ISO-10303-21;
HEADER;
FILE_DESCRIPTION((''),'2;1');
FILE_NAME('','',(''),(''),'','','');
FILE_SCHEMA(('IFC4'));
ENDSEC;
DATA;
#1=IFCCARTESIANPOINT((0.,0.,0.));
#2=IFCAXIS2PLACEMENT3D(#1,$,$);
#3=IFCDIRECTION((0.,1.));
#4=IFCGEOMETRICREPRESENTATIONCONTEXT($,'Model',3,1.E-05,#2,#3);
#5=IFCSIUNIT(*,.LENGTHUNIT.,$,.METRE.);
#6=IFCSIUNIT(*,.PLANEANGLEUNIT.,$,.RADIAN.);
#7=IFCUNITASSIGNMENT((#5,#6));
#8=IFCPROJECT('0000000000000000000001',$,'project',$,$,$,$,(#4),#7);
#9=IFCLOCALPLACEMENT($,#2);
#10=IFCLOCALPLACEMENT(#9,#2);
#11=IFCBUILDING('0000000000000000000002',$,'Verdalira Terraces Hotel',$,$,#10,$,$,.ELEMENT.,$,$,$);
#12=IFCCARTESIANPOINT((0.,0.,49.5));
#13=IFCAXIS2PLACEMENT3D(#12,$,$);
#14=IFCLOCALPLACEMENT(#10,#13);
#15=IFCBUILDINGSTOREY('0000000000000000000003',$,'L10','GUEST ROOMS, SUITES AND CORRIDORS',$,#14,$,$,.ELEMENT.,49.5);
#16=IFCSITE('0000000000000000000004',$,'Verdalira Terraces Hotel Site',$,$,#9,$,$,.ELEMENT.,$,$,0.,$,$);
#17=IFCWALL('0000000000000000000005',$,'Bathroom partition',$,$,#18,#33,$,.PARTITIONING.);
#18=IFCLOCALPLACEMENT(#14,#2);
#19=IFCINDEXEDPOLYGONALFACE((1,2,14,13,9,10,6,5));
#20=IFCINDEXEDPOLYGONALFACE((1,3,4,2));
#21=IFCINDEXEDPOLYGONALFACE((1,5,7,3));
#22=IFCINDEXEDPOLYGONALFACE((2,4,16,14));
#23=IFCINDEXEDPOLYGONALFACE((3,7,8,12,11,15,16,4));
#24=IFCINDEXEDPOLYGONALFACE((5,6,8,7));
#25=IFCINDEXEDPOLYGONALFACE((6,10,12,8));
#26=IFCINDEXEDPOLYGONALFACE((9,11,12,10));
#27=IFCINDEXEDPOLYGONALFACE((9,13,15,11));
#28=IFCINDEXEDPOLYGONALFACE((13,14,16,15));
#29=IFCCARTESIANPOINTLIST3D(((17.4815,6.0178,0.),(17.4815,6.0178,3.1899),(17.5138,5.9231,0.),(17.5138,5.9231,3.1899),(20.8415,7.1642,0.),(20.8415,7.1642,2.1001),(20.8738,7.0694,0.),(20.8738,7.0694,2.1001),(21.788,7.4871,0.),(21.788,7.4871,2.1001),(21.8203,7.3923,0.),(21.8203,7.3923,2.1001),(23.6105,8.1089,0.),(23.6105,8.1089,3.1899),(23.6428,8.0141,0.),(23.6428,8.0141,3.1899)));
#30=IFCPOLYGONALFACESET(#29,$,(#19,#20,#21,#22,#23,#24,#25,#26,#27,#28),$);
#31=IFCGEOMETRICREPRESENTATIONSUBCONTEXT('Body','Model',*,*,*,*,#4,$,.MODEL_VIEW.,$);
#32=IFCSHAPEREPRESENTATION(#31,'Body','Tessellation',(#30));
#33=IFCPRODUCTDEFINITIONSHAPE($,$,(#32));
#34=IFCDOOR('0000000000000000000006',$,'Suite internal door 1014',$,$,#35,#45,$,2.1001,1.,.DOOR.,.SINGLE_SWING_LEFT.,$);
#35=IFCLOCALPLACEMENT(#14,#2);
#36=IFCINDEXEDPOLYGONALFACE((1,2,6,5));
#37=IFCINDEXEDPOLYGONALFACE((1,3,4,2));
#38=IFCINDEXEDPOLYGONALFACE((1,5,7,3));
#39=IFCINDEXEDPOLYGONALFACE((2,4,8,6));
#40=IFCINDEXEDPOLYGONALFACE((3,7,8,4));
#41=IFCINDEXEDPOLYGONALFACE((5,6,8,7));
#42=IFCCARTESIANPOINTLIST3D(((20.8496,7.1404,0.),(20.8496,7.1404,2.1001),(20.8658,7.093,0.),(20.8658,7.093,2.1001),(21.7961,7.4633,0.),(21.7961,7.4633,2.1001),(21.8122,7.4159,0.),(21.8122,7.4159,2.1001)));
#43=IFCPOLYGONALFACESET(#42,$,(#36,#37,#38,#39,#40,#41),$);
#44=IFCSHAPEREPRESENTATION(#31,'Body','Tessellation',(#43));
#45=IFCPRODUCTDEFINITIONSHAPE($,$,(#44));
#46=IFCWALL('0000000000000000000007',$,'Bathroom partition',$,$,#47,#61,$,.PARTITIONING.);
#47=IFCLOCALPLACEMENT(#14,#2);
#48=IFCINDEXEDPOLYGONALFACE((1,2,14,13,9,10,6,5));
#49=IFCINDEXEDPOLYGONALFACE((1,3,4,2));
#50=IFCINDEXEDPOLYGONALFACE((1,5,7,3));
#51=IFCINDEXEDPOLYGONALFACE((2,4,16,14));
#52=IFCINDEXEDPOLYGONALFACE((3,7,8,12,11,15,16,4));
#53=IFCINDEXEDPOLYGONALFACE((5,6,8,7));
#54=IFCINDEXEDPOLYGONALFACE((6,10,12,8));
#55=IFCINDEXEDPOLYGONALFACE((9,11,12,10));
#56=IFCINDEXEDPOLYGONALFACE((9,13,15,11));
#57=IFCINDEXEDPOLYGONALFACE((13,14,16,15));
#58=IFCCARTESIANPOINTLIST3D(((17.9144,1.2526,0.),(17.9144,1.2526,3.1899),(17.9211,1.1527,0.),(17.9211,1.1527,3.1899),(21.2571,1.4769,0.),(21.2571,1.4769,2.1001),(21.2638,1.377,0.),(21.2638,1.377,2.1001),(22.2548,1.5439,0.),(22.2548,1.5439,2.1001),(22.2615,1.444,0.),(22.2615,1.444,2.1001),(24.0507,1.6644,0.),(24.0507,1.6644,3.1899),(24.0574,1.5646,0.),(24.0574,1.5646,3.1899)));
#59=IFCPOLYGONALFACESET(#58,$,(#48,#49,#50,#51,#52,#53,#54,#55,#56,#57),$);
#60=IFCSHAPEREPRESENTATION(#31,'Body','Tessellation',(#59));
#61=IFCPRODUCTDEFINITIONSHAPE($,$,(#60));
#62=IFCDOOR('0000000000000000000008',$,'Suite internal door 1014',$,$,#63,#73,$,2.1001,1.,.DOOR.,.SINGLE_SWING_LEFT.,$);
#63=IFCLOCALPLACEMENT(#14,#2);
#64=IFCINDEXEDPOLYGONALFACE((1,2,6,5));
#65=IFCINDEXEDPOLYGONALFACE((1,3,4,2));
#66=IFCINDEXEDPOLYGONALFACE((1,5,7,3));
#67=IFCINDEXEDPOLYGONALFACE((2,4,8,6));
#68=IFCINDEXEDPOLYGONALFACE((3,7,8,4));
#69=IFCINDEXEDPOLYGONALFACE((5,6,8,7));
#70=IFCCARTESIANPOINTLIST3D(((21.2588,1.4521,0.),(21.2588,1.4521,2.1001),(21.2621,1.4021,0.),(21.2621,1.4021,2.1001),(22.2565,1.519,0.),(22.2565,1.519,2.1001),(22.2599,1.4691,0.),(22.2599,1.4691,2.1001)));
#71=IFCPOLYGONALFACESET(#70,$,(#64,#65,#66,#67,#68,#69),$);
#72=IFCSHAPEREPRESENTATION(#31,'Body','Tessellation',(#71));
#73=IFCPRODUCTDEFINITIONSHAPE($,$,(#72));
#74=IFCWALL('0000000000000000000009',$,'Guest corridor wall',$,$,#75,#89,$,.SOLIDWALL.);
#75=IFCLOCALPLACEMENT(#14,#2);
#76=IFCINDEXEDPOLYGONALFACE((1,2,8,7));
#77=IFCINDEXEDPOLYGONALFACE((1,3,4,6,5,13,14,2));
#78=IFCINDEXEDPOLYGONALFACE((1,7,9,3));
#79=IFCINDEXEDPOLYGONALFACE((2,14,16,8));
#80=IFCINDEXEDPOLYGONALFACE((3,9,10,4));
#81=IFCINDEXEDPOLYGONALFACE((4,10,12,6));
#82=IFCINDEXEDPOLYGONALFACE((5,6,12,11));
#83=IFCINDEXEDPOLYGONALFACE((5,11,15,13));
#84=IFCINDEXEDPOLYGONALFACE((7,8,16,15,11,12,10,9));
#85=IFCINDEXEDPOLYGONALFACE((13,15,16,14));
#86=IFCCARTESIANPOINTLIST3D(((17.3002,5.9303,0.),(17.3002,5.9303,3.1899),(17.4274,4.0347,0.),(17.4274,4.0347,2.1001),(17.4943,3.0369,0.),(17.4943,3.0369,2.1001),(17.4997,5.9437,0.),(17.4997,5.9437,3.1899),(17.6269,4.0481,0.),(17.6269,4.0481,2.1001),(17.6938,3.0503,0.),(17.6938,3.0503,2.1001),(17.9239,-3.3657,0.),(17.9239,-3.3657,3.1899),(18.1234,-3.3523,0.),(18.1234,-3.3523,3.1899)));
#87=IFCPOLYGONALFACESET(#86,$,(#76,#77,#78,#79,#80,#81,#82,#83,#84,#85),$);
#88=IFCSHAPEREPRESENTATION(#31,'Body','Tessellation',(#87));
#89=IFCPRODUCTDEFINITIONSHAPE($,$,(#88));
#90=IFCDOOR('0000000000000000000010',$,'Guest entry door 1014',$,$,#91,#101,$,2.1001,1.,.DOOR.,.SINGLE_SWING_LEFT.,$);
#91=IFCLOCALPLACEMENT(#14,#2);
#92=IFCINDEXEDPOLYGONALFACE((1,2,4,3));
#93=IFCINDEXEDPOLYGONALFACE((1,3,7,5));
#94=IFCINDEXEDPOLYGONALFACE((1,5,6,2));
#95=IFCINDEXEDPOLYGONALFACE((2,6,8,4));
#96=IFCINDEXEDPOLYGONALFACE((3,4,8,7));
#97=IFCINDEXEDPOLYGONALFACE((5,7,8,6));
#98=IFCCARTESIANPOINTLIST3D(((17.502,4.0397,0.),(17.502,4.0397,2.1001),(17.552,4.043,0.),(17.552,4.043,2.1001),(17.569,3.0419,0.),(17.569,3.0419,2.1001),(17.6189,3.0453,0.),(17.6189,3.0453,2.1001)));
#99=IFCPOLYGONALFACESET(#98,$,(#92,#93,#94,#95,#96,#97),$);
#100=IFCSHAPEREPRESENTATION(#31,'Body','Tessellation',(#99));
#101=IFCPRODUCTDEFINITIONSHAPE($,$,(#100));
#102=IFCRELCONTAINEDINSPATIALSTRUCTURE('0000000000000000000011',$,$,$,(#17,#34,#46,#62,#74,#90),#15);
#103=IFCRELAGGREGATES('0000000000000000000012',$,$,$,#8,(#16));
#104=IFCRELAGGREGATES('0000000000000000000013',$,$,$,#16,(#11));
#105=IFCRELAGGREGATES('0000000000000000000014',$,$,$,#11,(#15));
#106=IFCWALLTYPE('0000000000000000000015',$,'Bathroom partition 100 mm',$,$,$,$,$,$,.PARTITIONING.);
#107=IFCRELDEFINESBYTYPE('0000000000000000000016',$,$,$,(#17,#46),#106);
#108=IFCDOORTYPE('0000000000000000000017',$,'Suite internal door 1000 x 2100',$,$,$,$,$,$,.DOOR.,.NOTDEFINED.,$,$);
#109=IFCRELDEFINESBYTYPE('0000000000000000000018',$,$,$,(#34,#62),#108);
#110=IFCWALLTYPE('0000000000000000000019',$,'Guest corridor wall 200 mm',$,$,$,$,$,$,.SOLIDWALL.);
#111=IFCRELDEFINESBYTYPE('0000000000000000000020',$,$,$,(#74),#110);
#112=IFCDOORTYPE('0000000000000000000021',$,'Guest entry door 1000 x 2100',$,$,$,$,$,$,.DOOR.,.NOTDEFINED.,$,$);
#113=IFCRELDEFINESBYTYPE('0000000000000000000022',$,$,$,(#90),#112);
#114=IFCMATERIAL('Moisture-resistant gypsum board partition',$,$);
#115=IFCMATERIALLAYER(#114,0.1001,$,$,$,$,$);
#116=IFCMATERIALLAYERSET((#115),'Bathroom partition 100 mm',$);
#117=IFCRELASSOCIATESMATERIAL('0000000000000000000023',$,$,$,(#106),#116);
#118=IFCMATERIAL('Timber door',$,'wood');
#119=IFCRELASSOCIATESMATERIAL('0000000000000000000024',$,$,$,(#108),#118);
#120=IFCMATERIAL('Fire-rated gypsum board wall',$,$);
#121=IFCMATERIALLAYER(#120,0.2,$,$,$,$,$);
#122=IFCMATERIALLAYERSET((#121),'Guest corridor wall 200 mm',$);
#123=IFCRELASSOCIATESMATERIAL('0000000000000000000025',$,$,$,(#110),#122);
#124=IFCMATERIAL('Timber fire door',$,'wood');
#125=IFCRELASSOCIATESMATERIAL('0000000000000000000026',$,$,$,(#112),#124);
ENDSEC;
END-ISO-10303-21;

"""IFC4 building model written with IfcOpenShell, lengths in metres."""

from ifc_helpers import new_model, si_unit, direction, frame, frame_2d, origin, place, context, subcontext, project, spatial, rectangle, extrude, material, layer, layer_set, type_object, element, fill, save


model = new_model("IFC4")

# Units and contexts
model_context = context("Model", 3, precision=1e-05, world=origin(), true_north=direction((0.0, 1.0)))
body_context = subcontext(model_context, "Body", "Model", "MODEL_VIEW")
ifc_project = project(units=[si_unit("LENGTHUNIT", "METRE"), si_unit("PLANEANGLEUNIT", "RADIAN")], contexts=[model_context])

# Site, building, storey
site_placement = place(None, origin())
site = spatial("IfcSite", under=ifc_project, at=site_placement, Name="Verdalira Terraces Hotel Site", CompositionType="ELEMENT", RefElevation=0.0)
building_placement = place(site_placement, origin())
building = spatial("IfcBuilding", under=site, at=building_placement, Name="Verdalira Terraces Hotel", CompositionType="ELEMENT")
storey_placement = place(building_placement, frame((0.0, 0.0, 49.5)))
storey = spatial("IfcBuildingStorey", under=building, at=storey_placement, Name="L10", Description="GUEST ROOMS, SUITES AND CORRIDORS", CompositionType="ELEMENT", Elevation=49.5)

# Walls, openings, doors
ifc_material_1 = material(Name="Moisture-resistant gypsum board partition")
ifc_layer_1 = layer(ifc_material_1, 0.1001)
ifc_layer_set_1 = layer_set([ifc_layer_1], Name="Bathroom partition 100 mm")
wall_type_1 = type_object("IfcWallType", Name="Bathroom partition 100 mm", PredefinedType="PARTITIONING", material=ifc_layer_set_1)
wall_1_placement = place(storey_placement, frame((17.4978, 5.9705, 0.0), z_axis=(0.0, 0.0, 1.0), x_axis=(0.946432, 0.322904, 0.0)))
wall_1 = element("IfcWall", 1, at=wall_1_placement, inside=storey, type_object=wall_type_1, Name="Bathroom partition", PredefinedType="PARTITIONING", context=body_context, shape_type="SweptSolid", body=[
    extrude(rectangle(XDim=6.4758, YDim=0.1001, at=frame_2d((3.2378, 0.0))), origin(), (0.0, 0.0, 1.0), 3.1899),
])
opening_1_placement = place(wall_1_placement, frame((3.55, 0.0, 0.0)))
opening_1 = element("IfcOpeningElement", 2, at=opening_1_placement, cuts=wall_1, PredefinedType="OPENING", context=body_context, shape_type="SweptSolid", body=[
    extrude(rectangle(XDim=1.0, YDim=2.1001, at=frame_2d((0.5, 1.05))), frame((0.0, 0.0601, 0.0), z_axis=(0.0, -1.0, 0.0), x_axis=(1.0, 0.0, 0.0)), (0.0, 0.0, 1.0), 0.1201),
])
ifc_material_2 = material(Name="Timber door", Category="wood")
door_type_1 = type_object("IfcDoorType", Name="Suite internal door 1000 x 2100", OperationType="NOTDEFINED", PredefinedType="DOOR", material=ifc_material_2)
door_1_placement = place(opening_1_placement, origin())
door_1 = element("IfcDoor", 3, at=door_1_placement, inside=storey, type_object=door_type_1, Name="Suite internal door 1014", OperationType="SINGLE_SWING_LEFT", OverallHeight=2.1001, OverallWidth=1.0, PredefinedType="DOOR", context=body_context, shape_type="SweptSolid", body=[
    extrude(rectangle(XDim=1.0, YDim=2.1001, at=frame_2d((0.5, 1.05))), frame((0.0, 0.0249, 0.0), z_axis=(0.0, -1.0, 0.0), x_axis=(1.0, 0.0, 0.0)), (0.0, 0.0, 1.0), 0.05),
])
fill(opening_1, door_1)
wall_2_placement = place(storey_placement, frame((24.0542, 1.6145, 0.0), z_axis=(0.0, 0.0, 1.0), x_axis=(-0.997755, -0.06697, 0.0)))
wall_2 = element("IfcWall", 4, at=wall_2_placement, inside=storey, type_object=wall_type_1, Name="Bathroom partition", PredefinedType="PARTITIONING", context=body_context, shape_type="SweptSolid", body=[
    extrude(rectangle(XDim=6.1501, YDim=0.1001, at=frame_2d((3.0752, 0.0))), origin(), (0.0, 0.0, 1.0), 3.1899),
])
opening_2_placement = place(wall_2_placement, frame((1.8, 0.0, 0.0)))
opening_2 = element("IfcOpeningElement", 5, at=opening_2_placement, cuts=wall_2, PredefinedType="OPENING", context=body_context, shape_type="SweptSolid", body=[
    extrude(rectangle(XDim=1.0, YDim=2.1001, at=frame_2d((0.5, 1.05))), frame((0.0, 0.0601, 0.0), z_axis=(0.0, -1.0, 0.0), x_axis=(1.0, 0.0, 0.0)), (0.0, 0.0, 1.0), 0.1201),
])
door_2_placement = place(opening_2_placement, origin())
door_2 = element("IfcDoor", 6, at=door_2_placement, inside=storey, type_object=door_type_1, Name="Suite internal door 1014", OperationType="SINGLE_SWING_LEFT", OverallHeight=2.1001, OverallWidth=1.0, PredefinedType="DOOR", context=body_context, shape_type="SweptSolid", body=[
    extrude(rectangle(XDim=1.0, YDim=2.1001, at=frame_2d((0.5, 1.05))), frame((0.0, 0.0249, 0.0), z_axis=(0.0, -1.0, 0.0), x_axis=(1.0, 0.0, 0.0)), (0.0, 0.0, 1.0), 0.05),
])
fill(opening_2, door_2)
ifc_material_3 = material(Name="Fire-rated gypsum board wall")
ifc_layer_2 = layer(ifc_material_3, 0.2)
ifc_layer_set_2 = layer_set([ifc_layer_2], Name="Guest corridor wall 200 mm")
wall_type_2 = type_object("IfcWallType", Name="Guest corridor wall 200 mm", PredefinedType="SOLIDWALL", material=ifc_layer_set_2)
wall_3_placement = place(storey_placement, frame((17.3999, 5.937, 0.0), z_axis=(0.0, 0.0, 1.0), x_axis=(0.066952, -0.997756, 0.0)))
wall_3 = element("IfcWall", 7, at=wall_3_placement, inside=storey, type_object=wall_type_2, Name="Guest corridor wall", PredefinedType="SOLIDWALL", context=body_context, shape_type="SweptSolid", body=[
    extrude(rectangle(XDim=9.3169, YDim=0.2, at=frame_2d((4.6584, 0.0))), origin(), (0.0, 0.0, 1.0), 3.1899),
])
opening_3_placement = place(wall_3_placement, frame((1.8999, 0.0, 0.0)))
opening_3 = element("IfcOpeningElement", 8, at=opening_3_placement, cuts=wall_3, PredefinedType="OPENING", context=body_context, shape_type="SweptSolid", body=[
    extrude(rectangle(XDim=1.0, YDim=2.1001, at=frame_2d((0.5, 1.05))), frame((0.0, 0.1099, 0.0), z_axis=(0.0, -1.0, 0.0), x_axis=(1.0, 0.0, 0.0)), (0.0, 0.0, 1.0), 0.22),
])
ifc_material_4 = material(Name="Timber fire door", Category="wood")
door_type_2 = type_object("IfcDoorType", Name="Guest entry door 1000 x 2100", OperationType="NOTDEFINED", PredefinedType="DOOR", material=ifc_material_4)
door_3_placement = place(opening_3_placement, origin())
door_3 = element("IfcDoor", 9, at=door_3_placement, inside=storey, type_object=door_type_2, Name="Guest entry door 1014", OperationType="SINGLE_SWING_LEFT", OverallHeight=2.1001, OverallWidth=1.0, PredefinedType="DOOR", context=body_context, shape_type="SweptSolid", body=[
    extrude(rectangle(XDim=1.0, YDim=2.1001, at=frame_2d((0.5, 1.05))), frame((0.0, 0.0249, 0.0), z_axis=(0.0, -1.0, 0.0), x_axis=(1.0, 0.0, 0.0)), (0.0, 0.0, 1.0), 0.05),
])
fill(opening_3, door_3)

save(model, "model.ifc")
